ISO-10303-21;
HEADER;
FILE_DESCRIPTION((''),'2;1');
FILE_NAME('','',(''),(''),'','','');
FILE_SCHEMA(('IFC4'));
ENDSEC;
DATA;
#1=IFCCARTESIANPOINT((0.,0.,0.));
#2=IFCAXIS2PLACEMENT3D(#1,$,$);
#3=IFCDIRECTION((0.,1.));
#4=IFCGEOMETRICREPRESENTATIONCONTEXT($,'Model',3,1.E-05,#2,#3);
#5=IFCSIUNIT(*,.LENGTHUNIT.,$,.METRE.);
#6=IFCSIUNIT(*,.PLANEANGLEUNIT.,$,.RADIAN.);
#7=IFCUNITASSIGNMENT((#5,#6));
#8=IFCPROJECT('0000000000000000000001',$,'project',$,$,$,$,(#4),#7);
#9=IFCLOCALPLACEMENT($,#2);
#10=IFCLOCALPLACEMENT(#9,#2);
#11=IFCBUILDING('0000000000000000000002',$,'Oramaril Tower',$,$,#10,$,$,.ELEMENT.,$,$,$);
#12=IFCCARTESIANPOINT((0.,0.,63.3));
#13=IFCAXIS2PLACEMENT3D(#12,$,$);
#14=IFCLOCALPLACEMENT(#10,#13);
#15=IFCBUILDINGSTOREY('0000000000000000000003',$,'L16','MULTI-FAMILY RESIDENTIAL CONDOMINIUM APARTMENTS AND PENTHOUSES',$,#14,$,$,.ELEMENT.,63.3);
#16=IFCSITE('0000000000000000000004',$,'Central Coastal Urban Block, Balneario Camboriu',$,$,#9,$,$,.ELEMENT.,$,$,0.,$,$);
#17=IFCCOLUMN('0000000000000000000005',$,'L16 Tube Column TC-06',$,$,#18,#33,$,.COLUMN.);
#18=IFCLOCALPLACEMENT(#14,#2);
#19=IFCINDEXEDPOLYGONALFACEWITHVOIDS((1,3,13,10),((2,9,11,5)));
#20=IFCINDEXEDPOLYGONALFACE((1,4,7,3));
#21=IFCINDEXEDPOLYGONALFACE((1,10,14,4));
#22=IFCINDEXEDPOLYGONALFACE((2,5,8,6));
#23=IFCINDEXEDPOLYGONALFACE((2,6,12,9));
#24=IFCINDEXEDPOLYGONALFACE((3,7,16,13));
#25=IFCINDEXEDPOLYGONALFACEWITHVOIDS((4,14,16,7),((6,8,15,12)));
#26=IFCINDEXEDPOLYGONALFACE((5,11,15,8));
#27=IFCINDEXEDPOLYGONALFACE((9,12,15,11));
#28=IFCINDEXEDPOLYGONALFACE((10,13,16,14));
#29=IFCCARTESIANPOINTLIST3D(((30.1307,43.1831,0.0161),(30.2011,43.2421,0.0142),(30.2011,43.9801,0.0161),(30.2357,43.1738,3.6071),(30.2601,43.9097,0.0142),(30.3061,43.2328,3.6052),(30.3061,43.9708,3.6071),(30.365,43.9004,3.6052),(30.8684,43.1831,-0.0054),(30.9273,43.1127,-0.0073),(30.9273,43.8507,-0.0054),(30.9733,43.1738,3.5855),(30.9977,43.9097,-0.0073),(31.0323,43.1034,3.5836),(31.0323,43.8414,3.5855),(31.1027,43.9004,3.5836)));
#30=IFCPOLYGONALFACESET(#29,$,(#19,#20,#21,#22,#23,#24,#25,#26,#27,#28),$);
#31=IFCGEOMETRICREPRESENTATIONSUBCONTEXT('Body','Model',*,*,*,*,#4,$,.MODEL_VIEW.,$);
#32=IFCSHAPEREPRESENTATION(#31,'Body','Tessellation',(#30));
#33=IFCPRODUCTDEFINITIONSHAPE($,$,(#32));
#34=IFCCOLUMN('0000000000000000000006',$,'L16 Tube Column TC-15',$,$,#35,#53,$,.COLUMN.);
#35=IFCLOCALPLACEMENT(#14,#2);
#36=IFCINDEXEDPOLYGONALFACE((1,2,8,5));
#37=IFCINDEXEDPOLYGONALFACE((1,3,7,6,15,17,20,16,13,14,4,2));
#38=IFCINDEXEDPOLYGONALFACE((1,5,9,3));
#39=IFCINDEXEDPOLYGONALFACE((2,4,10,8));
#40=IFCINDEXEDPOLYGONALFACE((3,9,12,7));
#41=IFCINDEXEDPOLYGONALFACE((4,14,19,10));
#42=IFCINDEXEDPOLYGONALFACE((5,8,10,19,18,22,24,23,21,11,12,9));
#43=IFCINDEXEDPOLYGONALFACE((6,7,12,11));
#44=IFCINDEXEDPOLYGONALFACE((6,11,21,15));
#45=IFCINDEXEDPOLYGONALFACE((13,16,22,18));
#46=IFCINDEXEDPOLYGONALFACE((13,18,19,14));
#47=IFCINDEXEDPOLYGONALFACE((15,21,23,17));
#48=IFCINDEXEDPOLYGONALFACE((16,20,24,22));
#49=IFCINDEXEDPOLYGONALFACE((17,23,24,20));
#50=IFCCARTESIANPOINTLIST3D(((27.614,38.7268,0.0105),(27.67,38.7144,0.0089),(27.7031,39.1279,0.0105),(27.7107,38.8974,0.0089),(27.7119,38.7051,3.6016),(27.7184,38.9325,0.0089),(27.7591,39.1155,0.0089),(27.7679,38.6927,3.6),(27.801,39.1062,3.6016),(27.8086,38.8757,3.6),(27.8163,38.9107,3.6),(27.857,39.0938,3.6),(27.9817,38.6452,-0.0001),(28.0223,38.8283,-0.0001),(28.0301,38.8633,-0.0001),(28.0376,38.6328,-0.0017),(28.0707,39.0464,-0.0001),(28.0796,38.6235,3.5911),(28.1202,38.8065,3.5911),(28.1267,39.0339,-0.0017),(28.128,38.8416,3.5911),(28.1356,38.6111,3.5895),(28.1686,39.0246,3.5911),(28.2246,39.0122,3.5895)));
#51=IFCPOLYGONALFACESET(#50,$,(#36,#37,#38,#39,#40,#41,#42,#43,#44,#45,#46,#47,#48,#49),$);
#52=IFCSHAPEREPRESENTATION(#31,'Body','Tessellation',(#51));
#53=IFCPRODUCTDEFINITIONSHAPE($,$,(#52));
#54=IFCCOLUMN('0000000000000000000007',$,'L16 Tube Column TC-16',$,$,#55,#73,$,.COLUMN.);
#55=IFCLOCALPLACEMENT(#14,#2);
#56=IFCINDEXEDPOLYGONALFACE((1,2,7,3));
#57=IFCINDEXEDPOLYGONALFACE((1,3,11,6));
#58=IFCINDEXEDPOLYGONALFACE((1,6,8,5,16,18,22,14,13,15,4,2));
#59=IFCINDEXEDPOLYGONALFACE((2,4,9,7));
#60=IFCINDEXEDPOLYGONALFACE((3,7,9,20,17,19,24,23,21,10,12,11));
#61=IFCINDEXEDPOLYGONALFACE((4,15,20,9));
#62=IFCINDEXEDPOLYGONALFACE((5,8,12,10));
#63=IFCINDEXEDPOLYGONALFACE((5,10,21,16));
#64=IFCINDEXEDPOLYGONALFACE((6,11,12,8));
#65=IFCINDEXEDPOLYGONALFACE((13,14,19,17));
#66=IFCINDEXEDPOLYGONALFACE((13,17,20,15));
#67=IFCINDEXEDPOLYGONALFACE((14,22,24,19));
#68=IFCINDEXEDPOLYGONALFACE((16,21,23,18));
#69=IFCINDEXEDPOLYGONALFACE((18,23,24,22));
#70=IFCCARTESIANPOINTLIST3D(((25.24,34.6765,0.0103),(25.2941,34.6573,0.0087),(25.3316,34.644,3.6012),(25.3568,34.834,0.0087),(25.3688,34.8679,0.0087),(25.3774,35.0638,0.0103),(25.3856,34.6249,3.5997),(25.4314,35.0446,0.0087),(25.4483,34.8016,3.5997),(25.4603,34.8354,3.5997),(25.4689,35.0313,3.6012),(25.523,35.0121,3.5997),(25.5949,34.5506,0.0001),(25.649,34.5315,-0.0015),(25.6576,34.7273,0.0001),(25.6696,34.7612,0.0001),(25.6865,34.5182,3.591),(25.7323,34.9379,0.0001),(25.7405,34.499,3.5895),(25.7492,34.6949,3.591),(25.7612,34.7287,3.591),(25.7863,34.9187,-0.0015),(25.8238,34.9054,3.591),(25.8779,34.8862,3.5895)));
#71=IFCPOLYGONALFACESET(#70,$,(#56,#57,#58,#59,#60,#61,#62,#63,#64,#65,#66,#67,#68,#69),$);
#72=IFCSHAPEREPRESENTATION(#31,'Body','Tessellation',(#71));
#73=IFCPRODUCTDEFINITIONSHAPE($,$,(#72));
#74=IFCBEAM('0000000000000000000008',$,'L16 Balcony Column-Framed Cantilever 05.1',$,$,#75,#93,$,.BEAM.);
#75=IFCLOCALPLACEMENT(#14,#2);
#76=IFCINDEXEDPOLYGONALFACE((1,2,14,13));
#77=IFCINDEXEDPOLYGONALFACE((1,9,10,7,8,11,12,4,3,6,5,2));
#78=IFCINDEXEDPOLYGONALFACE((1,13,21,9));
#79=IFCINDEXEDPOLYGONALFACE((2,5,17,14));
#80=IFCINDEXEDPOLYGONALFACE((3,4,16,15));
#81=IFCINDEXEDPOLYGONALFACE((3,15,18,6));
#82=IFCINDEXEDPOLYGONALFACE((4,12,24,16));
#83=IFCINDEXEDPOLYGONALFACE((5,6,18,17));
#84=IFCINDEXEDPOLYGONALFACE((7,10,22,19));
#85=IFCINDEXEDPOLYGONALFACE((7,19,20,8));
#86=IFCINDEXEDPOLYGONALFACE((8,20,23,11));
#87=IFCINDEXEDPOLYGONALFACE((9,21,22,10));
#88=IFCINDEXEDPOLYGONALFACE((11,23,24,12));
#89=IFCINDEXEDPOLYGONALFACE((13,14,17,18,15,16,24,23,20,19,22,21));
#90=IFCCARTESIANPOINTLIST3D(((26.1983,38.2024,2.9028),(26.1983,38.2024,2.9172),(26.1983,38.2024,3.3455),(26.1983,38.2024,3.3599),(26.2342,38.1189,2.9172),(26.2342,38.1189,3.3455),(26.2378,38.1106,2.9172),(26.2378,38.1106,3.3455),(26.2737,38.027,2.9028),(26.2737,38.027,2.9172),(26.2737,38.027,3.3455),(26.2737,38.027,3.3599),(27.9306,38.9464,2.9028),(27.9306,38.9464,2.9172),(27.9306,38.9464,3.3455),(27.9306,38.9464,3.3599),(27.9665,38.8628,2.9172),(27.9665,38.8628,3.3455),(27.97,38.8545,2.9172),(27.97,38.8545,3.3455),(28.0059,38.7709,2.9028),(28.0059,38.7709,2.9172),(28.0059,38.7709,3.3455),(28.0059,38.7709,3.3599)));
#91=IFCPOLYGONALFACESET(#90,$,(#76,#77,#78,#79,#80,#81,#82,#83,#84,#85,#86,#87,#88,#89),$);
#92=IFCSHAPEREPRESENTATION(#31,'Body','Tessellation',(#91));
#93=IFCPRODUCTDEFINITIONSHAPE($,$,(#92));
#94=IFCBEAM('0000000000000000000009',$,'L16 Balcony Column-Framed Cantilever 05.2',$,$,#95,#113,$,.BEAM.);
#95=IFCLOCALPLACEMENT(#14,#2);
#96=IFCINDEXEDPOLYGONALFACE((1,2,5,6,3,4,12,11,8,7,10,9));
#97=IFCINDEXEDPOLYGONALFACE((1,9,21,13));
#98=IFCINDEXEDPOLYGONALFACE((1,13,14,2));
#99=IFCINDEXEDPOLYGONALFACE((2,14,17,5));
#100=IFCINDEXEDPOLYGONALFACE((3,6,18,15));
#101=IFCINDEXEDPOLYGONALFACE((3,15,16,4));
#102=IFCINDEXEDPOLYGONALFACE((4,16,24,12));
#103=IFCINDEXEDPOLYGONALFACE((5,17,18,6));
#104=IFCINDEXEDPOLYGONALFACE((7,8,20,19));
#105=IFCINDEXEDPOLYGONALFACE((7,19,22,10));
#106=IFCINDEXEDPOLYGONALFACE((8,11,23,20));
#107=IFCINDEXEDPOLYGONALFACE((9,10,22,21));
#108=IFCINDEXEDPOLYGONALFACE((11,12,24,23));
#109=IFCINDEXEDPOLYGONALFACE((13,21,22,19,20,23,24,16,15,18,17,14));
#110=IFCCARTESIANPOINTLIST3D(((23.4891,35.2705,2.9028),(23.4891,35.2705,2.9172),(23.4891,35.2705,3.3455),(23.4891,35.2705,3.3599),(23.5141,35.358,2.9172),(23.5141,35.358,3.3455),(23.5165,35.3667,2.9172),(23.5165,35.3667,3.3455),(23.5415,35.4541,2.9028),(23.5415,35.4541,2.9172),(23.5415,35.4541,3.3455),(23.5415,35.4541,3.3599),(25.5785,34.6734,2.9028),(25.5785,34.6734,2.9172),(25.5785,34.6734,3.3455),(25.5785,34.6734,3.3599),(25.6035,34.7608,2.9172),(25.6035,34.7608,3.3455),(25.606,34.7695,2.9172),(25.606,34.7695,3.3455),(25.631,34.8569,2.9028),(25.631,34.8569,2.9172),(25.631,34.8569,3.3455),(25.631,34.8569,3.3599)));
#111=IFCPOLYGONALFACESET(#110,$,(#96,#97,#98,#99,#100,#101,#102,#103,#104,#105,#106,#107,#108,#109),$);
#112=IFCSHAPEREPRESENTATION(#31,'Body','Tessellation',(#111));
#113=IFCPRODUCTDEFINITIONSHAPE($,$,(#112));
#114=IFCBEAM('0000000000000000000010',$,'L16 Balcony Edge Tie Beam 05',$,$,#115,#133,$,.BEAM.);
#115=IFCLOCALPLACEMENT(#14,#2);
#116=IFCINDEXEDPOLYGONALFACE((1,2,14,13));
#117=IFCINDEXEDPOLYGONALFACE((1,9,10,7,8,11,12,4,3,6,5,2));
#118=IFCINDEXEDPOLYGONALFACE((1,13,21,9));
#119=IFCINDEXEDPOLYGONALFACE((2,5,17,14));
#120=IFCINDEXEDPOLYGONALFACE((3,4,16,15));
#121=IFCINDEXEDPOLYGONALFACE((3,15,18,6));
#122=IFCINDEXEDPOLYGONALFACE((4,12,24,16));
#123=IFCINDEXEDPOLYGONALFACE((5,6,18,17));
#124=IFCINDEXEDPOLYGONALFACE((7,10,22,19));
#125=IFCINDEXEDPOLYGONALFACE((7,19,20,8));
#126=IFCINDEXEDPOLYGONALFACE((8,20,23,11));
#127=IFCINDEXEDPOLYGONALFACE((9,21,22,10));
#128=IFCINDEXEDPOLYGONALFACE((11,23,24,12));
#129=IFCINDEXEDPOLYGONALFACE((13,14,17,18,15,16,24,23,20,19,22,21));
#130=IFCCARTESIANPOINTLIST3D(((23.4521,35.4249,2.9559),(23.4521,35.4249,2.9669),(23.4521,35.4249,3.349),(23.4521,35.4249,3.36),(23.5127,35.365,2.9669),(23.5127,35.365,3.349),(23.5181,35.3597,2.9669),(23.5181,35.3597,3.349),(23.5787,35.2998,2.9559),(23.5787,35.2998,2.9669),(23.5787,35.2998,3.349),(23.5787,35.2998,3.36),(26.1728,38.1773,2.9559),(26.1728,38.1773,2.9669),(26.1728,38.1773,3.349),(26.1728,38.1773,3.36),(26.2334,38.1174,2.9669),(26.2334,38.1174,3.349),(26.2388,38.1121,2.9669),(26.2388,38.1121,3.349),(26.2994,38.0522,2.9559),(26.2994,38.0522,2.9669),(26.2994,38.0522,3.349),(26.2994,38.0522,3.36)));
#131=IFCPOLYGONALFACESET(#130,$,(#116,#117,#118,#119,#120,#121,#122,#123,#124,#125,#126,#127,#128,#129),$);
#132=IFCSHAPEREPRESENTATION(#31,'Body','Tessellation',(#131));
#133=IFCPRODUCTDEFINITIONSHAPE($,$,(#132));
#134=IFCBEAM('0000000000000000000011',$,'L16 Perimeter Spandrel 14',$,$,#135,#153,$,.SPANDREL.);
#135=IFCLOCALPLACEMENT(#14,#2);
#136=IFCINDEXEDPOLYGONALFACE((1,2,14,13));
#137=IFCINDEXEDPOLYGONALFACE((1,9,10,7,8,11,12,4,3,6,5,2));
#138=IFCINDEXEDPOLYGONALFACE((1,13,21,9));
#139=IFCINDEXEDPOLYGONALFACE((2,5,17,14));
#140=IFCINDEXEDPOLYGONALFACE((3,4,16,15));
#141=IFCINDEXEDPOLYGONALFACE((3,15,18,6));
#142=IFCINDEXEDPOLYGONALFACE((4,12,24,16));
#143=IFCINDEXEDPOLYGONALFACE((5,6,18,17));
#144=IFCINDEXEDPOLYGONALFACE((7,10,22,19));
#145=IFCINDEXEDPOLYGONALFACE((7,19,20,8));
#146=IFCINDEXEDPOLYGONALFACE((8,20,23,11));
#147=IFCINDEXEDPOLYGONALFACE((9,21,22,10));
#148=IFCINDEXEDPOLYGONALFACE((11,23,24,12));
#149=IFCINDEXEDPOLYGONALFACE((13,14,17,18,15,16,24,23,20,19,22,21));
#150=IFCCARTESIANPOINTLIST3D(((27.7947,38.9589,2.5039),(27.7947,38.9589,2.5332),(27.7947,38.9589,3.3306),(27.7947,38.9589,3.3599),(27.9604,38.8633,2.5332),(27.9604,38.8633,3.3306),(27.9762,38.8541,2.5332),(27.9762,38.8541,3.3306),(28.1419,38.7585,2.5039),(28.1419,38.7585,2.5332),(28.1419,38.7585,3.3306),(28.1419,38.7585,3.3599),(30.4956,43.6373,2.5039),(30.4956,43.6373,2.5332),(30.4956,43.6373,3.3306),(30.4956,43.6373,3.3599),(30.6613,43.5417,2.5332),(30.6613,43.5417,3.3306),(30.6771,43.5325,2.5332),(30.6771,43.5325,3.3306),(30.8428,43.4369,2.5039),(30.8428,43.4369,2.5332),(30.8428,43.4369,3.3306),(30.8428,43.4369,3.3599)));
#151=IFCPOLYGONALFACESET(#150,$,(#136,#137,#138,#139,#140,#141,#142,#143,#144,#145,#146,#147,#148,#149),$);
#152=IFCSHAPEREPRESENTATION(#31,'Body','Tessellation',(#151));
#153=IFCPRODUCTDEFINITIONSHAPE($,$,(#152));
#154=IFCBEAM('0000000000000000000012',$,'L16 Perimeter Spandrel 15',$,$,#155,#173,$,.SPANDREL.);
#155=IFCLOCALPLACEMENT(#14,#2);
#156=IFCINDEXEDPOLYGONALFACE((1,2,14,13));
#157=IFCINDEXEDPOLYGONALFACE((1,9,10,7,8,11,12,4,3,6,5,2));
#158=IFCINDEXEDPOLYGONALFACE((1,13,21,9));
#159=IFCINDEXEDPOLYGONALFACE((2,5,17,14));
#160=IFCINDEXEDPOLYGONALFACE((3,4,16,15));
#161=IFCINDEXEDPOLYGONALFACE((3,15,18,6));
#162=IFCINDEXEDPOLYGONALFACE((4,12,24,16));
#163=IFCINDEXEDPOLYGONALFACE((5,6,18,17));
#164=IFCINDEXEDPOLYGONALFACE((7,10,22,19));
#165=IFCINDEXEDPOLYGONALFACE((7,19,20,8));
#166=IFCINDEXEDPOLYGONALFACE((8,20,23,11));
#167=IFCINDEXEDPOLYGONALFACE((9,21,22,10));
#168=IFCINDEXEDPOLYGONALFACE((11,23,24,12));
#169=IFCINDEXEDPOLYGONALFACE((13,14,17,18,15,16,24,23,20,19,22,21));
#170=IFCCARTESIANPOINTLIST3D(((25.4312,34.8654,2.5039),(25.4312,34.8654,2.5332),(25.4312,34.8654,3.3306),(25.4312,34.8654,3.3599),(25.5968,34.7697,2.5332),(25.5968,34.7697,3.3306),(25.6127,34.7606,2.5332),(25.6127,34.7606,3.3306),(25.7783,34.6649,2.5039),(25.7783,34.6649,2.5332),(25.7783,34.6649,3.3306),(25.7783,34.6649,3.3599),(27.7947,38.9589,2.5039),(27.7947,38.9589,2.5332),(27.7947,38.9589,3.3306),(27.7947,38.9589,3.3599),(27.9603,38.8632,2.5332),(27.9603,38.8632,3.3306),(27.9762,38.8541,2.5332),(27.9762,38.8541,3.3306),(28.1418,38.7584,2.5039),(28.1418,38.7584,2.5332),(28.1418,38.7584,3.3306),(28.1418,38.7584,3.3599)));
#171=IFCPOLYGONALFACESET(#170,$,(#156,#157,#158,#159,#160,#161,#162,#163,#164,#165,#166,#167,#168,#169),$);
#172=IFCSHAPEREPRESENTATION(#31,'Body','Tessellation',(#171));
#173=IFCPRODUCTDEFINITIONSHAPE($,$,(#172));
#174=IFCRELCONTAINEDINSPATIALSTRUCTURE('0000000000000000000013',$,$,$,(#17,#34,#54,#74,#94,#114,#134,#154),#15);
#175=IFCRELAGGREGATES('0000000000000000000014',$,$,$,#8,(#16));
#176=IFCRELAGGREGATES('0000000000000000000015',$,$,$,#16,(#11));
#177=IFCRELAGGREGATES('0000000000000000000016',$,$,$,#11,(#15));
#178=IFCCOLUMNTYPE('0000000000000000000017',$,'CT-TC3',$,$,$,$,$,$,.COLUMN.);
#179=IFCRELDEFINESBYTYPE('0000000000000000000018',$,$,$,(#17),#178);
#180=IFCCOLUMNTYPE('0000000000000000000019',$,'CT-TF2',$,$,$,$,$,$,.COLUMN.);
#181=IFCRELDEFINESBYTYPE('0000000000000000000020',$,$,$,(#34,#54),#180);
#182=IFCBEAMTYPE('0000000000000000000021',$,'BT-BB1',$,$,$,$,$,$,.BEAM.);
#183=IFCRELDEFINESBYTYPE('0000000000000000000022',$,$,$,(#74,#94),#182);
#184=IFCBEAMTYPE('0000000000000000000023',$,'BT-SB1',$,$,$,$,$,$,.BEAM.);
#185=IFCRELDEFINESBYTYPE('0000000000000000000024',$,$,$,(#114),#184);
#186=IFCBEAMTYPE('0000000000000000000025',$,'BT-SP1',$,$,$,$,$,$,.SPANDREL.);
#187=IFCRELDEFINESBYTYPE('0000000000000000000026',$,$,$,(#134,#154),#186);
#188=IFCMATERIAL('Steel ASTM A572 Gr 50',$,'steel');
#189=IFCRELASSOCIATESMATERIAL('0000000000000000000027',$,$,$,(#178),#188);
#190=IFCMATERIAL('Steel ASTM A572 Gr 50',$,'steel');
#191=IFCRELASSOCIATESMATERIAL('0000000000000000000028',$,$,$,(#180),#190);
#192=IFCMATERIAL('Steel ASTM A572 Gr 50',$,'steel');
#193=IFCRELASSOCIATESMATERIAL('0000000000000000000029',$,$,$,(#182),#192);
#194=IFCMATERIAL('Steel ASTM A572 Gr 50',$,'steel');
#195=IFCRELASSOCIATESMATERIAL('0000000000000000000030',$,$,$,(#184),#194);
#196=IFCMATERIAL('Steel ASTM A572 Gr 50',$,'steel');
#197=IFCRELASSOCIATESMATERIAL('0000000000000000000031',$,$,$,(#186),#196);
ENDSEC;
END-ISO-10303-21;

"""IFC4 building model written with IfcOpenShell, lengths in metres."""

from ifc_helpers import new_model, si_unit, direction, frame, origin, origin_2d, place, context, subcontext, project, spatial, hollow_rectangle, i_section, extrude, material, material_profile, profile_set, type_object, element, save


model = new_model("IFC4")

# Units and contexts
model_context = context("Model", 3, precision=1e-05, world=origin(), true_north=direction((0.0, 1.0)))
body_context = subcontext(model_context, "Body", "Model", "MODEL_VIEW")
ifc_project = project(units=[si_unit("LENGTHUNIT", "METRE"), si_unit("PLANEANGLEUNIT", "RADIAN")], contexts=[model_context])

# Site, building, storey
site_placement = place(None, origin())
site = spatial("IfcSite", under=ifc_project, at=site_placement, Name="Central Coastal Urban Block, Balneario Camboriu", CompositionType="ELEMENT", RefElevation=0.0)
building_placement = place(site_placement, origin())
building = spatial("IfcBuilding", under=site, at=building_placement, Name="Oramaril Tower", CompositionType="ELEMENT")
storey_placement = place(building_placement, frame((0.0, 0.0, 63.3)))
storey = spatial("IfcBuildingStorey", under=building, at=storey_placement, Name="L16", Description="MULTI-FAMILY RESIDENTIAL CONDOMINIUM APARTMENTS AND PENTHOUSES", CompositionType="ELEMENT", Elevation=63.3)

# Columns
ifc_material_1 = material(Name="Steel ASTM A572 Gr 50", Category="steel")
ifc_material_profile_1 = material_profile(ifc_material_1, hollow_rectangle(XDim=0.8, YDim=0.8, WallThickness=0.0649, at=origin_2d()), Name="BOX800X800X65")
ifc_profile_set_1 = profile_set([ifc_material_profile_1], Name="Steel ASTM A572 Gr 50")
column_type_1 = type_object("IfcColumnType", Name="CT-TC3", PredefinedType="COLUMN", material=ifc_profile_set_1)
column_1_placement = place(storey_placement, frame((30.5642, 43.5464, 0.0044), z_axis=(0.029221, -0.002582, 0.99957), x_axis=(0.088029, 0.996118, 0.0)))
element("IfcColumn", 1, at=column_1_placement, inside=storey, type_object=column_type_1, Name="L16 Tube Column TC-06", PredefinedType="COLUMN", context=body_context, shape_type="SweptSolid", body=[
    extrude(hollow_rectangle(XDim=0.8, YDim=0.8, WallThickness=0.0649, at=origin_2d()), origin(), (0.0, 0.0, 1.0), 3.5925),
])
ifc_material_2 = material(Name="Steel ASTM A572 Gr 50", Category="steel")
ifc_material_profile_2 = material_profile(ifc_material_2, i_section(OverallWidth=0.4109, OverallDepth=0.4341, WebThickness=0.0359, FlangeThickness=0.0574, at=origin_2d()), Name="W14X311")
ifc_profile_set_2 = profile_set([ifc_material_profile_2], Name="Steel ASTM A572 Gr 50")
column_type_2 = type_object("IfcColumnType", Name="CT-TF2", PredefinedType="COLUMN", material=ifc_profile_set_2)
column_2_placement = place(storey_placement, frame((27.8704, 38.8804, 0.0044), z_axis=(0.027252, -0.006048, 0.99961), x_axis=(0.216673, 0.976244, 0.0)))
element("IfcColumn", 2, at=column_2_placement, inside=storey, type_object=column_type_2, Name="L16 Tube Column TC-15", PredefinedType="COLUMN", context=body_context, shape_type="SweptSolid", body=[
    extrude(i_section(OverallWidth=0.4109, OverallDepth=0.4341, WebThickness=0.0359, FlangeThickness=0.0574, at=origin_2d()), origin(), (0.0, 0.0, 1.0), 3.5925),
])
column_3_placement = place(storey_placement, frame((25.5132, 34.7976, 0.0044), z_axis=(0.025485, -0.009039, 0.999634), x_axis=(0.334266, 0.942479, 0.0)))
element("IfcColumn", 3, at=column_3_placement, inside=storey, type_object=column_type_2, Name="L16 Tube Column TC-16", PredefinedType="COLUMN", context=body_context, shape_type="SweptSolid", body=[
    extrude(i_section(OverallWidth=0.4109, OverallDepth=0.4341, WebThickness=0.0359, FlangeThickness=0.0574, at=origin_2d()), origin(), (0.0, 0.0, 1.0), 3.5923),
])

# Beams
ifc_material_3 = material(Name="Steel ASTM A572 Gr 50", Category="steel")
ifc_material_profile_3 = material_profile(ifc_material_3, i_section(OverallWidth=0.1909, OverallDepth=0.457, WebThickness=0.009, FlangeThickness=0.0144, at=origin_2d()), Name="W18X50")
ifc_profile_set_3 = profile_set([ifc_material_profile_3], Name="Steel ASTM A572 Gr 50")
beam_type_1 = type_object("IfcBeamType", Name="BT-BB1", PredefinedType="BEAM", material=ifc_profile_set_3)
beam_1_placement = place(storey_placement, frame((27.9683, 38.8586, 3.1313), z_axis=(-0.91885, -0.394607, 0.0), x_axis=(0.394607, -0.91885, 0.0)))
element("IfcBeam", 4, at=beam_1_placement, inside=storey, type_object=beam_type_1, Name="L16 Balcony Column-Framed Cantilever 05.1", PredefinedType="BEAM", context=body_context, shape_type="SweptSolid", body=[
    extrude(i_section(OverallWidth=0.1909, OverallDepth=0.457, WebThickness=0.009, FlangeThickness=0.0144, at=origin_2d()), origin(), (0.0, 0.0, 1.0), 1.8853),
])
beam_2_placement = place(storey_placement, frame((25.6047, 34.7651, 3.1313), z_axis=(-0.961499, 0.27481, 0.0), x_axis=(-0.27481, -0.961499, 0.0)))
element("IfcBeam", 5, at=beam_2_placement, inside=storey, type_object=beam_type_1, Name="L16 Balcony Column-Framed Cantilever 05.2", PredefinedType="BEAM", context=body_context, shape_type="SweptSolid", body=[
    extrude(i_section(OverallWidth=0.1909, OverallDepth=0.457, WebThickness=0.009, FlangeThickness=0.0144, at=origin_2d()), origin(), (0.0, 0.0, 1.0), 2.1731),
])
ifc_material_4 = material(Name="Steel ASTM A572 Gr 50", Category="steel")
ifc_material_profile_4 = material_profile(ifc_material_4, i_section(OverallWidth=0.178, OverallDepth=0.4041, WebThickness=0.0076, FlangeThickness=0.011, at=origin_2d()), Name="W16X36")
ifc_profile_set_4 = profile_set([ifc_material_profile_4], Name="Steel ASTM A572 Gr 50")
beam_type_2 = type_object("IfcBeamType", Name="BT-SB1", PredefinedType="BEAM", material=ifc_profile_set_4)
beam_3_placement = place(storey_placement, frame((26.2361, 38.1147, 3.158), z_axis=(-0.702995, -0.711195, 0.0), x_axis=(0.711195, -0.702995, 0.0)))
element("IfcBeam", 6, at=beam_3_placement, inside=storey, type_object=beam_type_2, Name="L16 Balcony Edge Tie Beam 05", PredefinedType="BEAM", context=body_context, shape_type="SweptSolid", body=[
    extrude(i_section(OverallWidth=0.178, OverallDepth=0.4041, WebThickness=0.0076, FlangeThickness=0.011, at=origin_2d()), origin(), (0.0, 0.0, 1.0), 3.8701),
])
ifc_material_5 = material(Name="Steel ASTM A572 Gr 50", Category="steel")
ifc_material_profile_5 = material_profile(ifc_material_5, i_section(OverallWidth=0.4009, OverallDepth=0.856, WebThickness=0.0183, FlangeThickness=0.0293, at=origin_2d()), Name="W33X201")
ifc_profile_set_5 = profile_set([ifc_material_profile_5], Name="Steel ASTM A572 Gr 50")
beam_type_3 = type_object("IfcBeamType", Name="BT-SP1", PredefinedType="SPANDREL", material=ifc_profile_set_5)
beam_4_placement = place(storey_placement, frame((30.6692, 43.5371, 2.9319), z_axis=(-0.499974, -0.86604, 0.0), x_axis=(0.86604, -0.499974, 0.0)))
element("IfcBeam", 7, at=beam_4_placement, inside=storey, type_object=beam_type_3, Name="L16 Perimeter Spandrel 14", PredefinedType="SPANDREL", context=body_context, shape_type="SweptSolid", body=[
    extrude(i_section(OverallWidth=0.4009, OverallDepth=0.856, WebThickness=0.0183, FlangeThickness=0.0293, at=origin_2d()), origin(), (0.0, 0.0, 1.0), 5.4021),
])
beam_5_placement = place(storey_placement, frame((27.9683, 38.8586, 2.9319), z_axis=(-0.500022, -0.866013, 0.0), x_axis=(0.866013, -0.500022, 0.0)))
element("IfcBeam", 8, at=beam_5_placement, inside=storey, type_object=beam_type_3, Name="L16 Perimeter Spandrel 15", PredefinedType="SPANDREL", context=body_context, shape_type="SweptSolid", body=[
    extrude(i_section(OverallWidth=0.4009, OverallDepth=0.856, WebThickness=0.0183, FlangeThickness=0.0293, at=origin_2d()), origin(), (0.0, 0.0, 1.0), 4.7268),
])

save(model, "model.ifc")
